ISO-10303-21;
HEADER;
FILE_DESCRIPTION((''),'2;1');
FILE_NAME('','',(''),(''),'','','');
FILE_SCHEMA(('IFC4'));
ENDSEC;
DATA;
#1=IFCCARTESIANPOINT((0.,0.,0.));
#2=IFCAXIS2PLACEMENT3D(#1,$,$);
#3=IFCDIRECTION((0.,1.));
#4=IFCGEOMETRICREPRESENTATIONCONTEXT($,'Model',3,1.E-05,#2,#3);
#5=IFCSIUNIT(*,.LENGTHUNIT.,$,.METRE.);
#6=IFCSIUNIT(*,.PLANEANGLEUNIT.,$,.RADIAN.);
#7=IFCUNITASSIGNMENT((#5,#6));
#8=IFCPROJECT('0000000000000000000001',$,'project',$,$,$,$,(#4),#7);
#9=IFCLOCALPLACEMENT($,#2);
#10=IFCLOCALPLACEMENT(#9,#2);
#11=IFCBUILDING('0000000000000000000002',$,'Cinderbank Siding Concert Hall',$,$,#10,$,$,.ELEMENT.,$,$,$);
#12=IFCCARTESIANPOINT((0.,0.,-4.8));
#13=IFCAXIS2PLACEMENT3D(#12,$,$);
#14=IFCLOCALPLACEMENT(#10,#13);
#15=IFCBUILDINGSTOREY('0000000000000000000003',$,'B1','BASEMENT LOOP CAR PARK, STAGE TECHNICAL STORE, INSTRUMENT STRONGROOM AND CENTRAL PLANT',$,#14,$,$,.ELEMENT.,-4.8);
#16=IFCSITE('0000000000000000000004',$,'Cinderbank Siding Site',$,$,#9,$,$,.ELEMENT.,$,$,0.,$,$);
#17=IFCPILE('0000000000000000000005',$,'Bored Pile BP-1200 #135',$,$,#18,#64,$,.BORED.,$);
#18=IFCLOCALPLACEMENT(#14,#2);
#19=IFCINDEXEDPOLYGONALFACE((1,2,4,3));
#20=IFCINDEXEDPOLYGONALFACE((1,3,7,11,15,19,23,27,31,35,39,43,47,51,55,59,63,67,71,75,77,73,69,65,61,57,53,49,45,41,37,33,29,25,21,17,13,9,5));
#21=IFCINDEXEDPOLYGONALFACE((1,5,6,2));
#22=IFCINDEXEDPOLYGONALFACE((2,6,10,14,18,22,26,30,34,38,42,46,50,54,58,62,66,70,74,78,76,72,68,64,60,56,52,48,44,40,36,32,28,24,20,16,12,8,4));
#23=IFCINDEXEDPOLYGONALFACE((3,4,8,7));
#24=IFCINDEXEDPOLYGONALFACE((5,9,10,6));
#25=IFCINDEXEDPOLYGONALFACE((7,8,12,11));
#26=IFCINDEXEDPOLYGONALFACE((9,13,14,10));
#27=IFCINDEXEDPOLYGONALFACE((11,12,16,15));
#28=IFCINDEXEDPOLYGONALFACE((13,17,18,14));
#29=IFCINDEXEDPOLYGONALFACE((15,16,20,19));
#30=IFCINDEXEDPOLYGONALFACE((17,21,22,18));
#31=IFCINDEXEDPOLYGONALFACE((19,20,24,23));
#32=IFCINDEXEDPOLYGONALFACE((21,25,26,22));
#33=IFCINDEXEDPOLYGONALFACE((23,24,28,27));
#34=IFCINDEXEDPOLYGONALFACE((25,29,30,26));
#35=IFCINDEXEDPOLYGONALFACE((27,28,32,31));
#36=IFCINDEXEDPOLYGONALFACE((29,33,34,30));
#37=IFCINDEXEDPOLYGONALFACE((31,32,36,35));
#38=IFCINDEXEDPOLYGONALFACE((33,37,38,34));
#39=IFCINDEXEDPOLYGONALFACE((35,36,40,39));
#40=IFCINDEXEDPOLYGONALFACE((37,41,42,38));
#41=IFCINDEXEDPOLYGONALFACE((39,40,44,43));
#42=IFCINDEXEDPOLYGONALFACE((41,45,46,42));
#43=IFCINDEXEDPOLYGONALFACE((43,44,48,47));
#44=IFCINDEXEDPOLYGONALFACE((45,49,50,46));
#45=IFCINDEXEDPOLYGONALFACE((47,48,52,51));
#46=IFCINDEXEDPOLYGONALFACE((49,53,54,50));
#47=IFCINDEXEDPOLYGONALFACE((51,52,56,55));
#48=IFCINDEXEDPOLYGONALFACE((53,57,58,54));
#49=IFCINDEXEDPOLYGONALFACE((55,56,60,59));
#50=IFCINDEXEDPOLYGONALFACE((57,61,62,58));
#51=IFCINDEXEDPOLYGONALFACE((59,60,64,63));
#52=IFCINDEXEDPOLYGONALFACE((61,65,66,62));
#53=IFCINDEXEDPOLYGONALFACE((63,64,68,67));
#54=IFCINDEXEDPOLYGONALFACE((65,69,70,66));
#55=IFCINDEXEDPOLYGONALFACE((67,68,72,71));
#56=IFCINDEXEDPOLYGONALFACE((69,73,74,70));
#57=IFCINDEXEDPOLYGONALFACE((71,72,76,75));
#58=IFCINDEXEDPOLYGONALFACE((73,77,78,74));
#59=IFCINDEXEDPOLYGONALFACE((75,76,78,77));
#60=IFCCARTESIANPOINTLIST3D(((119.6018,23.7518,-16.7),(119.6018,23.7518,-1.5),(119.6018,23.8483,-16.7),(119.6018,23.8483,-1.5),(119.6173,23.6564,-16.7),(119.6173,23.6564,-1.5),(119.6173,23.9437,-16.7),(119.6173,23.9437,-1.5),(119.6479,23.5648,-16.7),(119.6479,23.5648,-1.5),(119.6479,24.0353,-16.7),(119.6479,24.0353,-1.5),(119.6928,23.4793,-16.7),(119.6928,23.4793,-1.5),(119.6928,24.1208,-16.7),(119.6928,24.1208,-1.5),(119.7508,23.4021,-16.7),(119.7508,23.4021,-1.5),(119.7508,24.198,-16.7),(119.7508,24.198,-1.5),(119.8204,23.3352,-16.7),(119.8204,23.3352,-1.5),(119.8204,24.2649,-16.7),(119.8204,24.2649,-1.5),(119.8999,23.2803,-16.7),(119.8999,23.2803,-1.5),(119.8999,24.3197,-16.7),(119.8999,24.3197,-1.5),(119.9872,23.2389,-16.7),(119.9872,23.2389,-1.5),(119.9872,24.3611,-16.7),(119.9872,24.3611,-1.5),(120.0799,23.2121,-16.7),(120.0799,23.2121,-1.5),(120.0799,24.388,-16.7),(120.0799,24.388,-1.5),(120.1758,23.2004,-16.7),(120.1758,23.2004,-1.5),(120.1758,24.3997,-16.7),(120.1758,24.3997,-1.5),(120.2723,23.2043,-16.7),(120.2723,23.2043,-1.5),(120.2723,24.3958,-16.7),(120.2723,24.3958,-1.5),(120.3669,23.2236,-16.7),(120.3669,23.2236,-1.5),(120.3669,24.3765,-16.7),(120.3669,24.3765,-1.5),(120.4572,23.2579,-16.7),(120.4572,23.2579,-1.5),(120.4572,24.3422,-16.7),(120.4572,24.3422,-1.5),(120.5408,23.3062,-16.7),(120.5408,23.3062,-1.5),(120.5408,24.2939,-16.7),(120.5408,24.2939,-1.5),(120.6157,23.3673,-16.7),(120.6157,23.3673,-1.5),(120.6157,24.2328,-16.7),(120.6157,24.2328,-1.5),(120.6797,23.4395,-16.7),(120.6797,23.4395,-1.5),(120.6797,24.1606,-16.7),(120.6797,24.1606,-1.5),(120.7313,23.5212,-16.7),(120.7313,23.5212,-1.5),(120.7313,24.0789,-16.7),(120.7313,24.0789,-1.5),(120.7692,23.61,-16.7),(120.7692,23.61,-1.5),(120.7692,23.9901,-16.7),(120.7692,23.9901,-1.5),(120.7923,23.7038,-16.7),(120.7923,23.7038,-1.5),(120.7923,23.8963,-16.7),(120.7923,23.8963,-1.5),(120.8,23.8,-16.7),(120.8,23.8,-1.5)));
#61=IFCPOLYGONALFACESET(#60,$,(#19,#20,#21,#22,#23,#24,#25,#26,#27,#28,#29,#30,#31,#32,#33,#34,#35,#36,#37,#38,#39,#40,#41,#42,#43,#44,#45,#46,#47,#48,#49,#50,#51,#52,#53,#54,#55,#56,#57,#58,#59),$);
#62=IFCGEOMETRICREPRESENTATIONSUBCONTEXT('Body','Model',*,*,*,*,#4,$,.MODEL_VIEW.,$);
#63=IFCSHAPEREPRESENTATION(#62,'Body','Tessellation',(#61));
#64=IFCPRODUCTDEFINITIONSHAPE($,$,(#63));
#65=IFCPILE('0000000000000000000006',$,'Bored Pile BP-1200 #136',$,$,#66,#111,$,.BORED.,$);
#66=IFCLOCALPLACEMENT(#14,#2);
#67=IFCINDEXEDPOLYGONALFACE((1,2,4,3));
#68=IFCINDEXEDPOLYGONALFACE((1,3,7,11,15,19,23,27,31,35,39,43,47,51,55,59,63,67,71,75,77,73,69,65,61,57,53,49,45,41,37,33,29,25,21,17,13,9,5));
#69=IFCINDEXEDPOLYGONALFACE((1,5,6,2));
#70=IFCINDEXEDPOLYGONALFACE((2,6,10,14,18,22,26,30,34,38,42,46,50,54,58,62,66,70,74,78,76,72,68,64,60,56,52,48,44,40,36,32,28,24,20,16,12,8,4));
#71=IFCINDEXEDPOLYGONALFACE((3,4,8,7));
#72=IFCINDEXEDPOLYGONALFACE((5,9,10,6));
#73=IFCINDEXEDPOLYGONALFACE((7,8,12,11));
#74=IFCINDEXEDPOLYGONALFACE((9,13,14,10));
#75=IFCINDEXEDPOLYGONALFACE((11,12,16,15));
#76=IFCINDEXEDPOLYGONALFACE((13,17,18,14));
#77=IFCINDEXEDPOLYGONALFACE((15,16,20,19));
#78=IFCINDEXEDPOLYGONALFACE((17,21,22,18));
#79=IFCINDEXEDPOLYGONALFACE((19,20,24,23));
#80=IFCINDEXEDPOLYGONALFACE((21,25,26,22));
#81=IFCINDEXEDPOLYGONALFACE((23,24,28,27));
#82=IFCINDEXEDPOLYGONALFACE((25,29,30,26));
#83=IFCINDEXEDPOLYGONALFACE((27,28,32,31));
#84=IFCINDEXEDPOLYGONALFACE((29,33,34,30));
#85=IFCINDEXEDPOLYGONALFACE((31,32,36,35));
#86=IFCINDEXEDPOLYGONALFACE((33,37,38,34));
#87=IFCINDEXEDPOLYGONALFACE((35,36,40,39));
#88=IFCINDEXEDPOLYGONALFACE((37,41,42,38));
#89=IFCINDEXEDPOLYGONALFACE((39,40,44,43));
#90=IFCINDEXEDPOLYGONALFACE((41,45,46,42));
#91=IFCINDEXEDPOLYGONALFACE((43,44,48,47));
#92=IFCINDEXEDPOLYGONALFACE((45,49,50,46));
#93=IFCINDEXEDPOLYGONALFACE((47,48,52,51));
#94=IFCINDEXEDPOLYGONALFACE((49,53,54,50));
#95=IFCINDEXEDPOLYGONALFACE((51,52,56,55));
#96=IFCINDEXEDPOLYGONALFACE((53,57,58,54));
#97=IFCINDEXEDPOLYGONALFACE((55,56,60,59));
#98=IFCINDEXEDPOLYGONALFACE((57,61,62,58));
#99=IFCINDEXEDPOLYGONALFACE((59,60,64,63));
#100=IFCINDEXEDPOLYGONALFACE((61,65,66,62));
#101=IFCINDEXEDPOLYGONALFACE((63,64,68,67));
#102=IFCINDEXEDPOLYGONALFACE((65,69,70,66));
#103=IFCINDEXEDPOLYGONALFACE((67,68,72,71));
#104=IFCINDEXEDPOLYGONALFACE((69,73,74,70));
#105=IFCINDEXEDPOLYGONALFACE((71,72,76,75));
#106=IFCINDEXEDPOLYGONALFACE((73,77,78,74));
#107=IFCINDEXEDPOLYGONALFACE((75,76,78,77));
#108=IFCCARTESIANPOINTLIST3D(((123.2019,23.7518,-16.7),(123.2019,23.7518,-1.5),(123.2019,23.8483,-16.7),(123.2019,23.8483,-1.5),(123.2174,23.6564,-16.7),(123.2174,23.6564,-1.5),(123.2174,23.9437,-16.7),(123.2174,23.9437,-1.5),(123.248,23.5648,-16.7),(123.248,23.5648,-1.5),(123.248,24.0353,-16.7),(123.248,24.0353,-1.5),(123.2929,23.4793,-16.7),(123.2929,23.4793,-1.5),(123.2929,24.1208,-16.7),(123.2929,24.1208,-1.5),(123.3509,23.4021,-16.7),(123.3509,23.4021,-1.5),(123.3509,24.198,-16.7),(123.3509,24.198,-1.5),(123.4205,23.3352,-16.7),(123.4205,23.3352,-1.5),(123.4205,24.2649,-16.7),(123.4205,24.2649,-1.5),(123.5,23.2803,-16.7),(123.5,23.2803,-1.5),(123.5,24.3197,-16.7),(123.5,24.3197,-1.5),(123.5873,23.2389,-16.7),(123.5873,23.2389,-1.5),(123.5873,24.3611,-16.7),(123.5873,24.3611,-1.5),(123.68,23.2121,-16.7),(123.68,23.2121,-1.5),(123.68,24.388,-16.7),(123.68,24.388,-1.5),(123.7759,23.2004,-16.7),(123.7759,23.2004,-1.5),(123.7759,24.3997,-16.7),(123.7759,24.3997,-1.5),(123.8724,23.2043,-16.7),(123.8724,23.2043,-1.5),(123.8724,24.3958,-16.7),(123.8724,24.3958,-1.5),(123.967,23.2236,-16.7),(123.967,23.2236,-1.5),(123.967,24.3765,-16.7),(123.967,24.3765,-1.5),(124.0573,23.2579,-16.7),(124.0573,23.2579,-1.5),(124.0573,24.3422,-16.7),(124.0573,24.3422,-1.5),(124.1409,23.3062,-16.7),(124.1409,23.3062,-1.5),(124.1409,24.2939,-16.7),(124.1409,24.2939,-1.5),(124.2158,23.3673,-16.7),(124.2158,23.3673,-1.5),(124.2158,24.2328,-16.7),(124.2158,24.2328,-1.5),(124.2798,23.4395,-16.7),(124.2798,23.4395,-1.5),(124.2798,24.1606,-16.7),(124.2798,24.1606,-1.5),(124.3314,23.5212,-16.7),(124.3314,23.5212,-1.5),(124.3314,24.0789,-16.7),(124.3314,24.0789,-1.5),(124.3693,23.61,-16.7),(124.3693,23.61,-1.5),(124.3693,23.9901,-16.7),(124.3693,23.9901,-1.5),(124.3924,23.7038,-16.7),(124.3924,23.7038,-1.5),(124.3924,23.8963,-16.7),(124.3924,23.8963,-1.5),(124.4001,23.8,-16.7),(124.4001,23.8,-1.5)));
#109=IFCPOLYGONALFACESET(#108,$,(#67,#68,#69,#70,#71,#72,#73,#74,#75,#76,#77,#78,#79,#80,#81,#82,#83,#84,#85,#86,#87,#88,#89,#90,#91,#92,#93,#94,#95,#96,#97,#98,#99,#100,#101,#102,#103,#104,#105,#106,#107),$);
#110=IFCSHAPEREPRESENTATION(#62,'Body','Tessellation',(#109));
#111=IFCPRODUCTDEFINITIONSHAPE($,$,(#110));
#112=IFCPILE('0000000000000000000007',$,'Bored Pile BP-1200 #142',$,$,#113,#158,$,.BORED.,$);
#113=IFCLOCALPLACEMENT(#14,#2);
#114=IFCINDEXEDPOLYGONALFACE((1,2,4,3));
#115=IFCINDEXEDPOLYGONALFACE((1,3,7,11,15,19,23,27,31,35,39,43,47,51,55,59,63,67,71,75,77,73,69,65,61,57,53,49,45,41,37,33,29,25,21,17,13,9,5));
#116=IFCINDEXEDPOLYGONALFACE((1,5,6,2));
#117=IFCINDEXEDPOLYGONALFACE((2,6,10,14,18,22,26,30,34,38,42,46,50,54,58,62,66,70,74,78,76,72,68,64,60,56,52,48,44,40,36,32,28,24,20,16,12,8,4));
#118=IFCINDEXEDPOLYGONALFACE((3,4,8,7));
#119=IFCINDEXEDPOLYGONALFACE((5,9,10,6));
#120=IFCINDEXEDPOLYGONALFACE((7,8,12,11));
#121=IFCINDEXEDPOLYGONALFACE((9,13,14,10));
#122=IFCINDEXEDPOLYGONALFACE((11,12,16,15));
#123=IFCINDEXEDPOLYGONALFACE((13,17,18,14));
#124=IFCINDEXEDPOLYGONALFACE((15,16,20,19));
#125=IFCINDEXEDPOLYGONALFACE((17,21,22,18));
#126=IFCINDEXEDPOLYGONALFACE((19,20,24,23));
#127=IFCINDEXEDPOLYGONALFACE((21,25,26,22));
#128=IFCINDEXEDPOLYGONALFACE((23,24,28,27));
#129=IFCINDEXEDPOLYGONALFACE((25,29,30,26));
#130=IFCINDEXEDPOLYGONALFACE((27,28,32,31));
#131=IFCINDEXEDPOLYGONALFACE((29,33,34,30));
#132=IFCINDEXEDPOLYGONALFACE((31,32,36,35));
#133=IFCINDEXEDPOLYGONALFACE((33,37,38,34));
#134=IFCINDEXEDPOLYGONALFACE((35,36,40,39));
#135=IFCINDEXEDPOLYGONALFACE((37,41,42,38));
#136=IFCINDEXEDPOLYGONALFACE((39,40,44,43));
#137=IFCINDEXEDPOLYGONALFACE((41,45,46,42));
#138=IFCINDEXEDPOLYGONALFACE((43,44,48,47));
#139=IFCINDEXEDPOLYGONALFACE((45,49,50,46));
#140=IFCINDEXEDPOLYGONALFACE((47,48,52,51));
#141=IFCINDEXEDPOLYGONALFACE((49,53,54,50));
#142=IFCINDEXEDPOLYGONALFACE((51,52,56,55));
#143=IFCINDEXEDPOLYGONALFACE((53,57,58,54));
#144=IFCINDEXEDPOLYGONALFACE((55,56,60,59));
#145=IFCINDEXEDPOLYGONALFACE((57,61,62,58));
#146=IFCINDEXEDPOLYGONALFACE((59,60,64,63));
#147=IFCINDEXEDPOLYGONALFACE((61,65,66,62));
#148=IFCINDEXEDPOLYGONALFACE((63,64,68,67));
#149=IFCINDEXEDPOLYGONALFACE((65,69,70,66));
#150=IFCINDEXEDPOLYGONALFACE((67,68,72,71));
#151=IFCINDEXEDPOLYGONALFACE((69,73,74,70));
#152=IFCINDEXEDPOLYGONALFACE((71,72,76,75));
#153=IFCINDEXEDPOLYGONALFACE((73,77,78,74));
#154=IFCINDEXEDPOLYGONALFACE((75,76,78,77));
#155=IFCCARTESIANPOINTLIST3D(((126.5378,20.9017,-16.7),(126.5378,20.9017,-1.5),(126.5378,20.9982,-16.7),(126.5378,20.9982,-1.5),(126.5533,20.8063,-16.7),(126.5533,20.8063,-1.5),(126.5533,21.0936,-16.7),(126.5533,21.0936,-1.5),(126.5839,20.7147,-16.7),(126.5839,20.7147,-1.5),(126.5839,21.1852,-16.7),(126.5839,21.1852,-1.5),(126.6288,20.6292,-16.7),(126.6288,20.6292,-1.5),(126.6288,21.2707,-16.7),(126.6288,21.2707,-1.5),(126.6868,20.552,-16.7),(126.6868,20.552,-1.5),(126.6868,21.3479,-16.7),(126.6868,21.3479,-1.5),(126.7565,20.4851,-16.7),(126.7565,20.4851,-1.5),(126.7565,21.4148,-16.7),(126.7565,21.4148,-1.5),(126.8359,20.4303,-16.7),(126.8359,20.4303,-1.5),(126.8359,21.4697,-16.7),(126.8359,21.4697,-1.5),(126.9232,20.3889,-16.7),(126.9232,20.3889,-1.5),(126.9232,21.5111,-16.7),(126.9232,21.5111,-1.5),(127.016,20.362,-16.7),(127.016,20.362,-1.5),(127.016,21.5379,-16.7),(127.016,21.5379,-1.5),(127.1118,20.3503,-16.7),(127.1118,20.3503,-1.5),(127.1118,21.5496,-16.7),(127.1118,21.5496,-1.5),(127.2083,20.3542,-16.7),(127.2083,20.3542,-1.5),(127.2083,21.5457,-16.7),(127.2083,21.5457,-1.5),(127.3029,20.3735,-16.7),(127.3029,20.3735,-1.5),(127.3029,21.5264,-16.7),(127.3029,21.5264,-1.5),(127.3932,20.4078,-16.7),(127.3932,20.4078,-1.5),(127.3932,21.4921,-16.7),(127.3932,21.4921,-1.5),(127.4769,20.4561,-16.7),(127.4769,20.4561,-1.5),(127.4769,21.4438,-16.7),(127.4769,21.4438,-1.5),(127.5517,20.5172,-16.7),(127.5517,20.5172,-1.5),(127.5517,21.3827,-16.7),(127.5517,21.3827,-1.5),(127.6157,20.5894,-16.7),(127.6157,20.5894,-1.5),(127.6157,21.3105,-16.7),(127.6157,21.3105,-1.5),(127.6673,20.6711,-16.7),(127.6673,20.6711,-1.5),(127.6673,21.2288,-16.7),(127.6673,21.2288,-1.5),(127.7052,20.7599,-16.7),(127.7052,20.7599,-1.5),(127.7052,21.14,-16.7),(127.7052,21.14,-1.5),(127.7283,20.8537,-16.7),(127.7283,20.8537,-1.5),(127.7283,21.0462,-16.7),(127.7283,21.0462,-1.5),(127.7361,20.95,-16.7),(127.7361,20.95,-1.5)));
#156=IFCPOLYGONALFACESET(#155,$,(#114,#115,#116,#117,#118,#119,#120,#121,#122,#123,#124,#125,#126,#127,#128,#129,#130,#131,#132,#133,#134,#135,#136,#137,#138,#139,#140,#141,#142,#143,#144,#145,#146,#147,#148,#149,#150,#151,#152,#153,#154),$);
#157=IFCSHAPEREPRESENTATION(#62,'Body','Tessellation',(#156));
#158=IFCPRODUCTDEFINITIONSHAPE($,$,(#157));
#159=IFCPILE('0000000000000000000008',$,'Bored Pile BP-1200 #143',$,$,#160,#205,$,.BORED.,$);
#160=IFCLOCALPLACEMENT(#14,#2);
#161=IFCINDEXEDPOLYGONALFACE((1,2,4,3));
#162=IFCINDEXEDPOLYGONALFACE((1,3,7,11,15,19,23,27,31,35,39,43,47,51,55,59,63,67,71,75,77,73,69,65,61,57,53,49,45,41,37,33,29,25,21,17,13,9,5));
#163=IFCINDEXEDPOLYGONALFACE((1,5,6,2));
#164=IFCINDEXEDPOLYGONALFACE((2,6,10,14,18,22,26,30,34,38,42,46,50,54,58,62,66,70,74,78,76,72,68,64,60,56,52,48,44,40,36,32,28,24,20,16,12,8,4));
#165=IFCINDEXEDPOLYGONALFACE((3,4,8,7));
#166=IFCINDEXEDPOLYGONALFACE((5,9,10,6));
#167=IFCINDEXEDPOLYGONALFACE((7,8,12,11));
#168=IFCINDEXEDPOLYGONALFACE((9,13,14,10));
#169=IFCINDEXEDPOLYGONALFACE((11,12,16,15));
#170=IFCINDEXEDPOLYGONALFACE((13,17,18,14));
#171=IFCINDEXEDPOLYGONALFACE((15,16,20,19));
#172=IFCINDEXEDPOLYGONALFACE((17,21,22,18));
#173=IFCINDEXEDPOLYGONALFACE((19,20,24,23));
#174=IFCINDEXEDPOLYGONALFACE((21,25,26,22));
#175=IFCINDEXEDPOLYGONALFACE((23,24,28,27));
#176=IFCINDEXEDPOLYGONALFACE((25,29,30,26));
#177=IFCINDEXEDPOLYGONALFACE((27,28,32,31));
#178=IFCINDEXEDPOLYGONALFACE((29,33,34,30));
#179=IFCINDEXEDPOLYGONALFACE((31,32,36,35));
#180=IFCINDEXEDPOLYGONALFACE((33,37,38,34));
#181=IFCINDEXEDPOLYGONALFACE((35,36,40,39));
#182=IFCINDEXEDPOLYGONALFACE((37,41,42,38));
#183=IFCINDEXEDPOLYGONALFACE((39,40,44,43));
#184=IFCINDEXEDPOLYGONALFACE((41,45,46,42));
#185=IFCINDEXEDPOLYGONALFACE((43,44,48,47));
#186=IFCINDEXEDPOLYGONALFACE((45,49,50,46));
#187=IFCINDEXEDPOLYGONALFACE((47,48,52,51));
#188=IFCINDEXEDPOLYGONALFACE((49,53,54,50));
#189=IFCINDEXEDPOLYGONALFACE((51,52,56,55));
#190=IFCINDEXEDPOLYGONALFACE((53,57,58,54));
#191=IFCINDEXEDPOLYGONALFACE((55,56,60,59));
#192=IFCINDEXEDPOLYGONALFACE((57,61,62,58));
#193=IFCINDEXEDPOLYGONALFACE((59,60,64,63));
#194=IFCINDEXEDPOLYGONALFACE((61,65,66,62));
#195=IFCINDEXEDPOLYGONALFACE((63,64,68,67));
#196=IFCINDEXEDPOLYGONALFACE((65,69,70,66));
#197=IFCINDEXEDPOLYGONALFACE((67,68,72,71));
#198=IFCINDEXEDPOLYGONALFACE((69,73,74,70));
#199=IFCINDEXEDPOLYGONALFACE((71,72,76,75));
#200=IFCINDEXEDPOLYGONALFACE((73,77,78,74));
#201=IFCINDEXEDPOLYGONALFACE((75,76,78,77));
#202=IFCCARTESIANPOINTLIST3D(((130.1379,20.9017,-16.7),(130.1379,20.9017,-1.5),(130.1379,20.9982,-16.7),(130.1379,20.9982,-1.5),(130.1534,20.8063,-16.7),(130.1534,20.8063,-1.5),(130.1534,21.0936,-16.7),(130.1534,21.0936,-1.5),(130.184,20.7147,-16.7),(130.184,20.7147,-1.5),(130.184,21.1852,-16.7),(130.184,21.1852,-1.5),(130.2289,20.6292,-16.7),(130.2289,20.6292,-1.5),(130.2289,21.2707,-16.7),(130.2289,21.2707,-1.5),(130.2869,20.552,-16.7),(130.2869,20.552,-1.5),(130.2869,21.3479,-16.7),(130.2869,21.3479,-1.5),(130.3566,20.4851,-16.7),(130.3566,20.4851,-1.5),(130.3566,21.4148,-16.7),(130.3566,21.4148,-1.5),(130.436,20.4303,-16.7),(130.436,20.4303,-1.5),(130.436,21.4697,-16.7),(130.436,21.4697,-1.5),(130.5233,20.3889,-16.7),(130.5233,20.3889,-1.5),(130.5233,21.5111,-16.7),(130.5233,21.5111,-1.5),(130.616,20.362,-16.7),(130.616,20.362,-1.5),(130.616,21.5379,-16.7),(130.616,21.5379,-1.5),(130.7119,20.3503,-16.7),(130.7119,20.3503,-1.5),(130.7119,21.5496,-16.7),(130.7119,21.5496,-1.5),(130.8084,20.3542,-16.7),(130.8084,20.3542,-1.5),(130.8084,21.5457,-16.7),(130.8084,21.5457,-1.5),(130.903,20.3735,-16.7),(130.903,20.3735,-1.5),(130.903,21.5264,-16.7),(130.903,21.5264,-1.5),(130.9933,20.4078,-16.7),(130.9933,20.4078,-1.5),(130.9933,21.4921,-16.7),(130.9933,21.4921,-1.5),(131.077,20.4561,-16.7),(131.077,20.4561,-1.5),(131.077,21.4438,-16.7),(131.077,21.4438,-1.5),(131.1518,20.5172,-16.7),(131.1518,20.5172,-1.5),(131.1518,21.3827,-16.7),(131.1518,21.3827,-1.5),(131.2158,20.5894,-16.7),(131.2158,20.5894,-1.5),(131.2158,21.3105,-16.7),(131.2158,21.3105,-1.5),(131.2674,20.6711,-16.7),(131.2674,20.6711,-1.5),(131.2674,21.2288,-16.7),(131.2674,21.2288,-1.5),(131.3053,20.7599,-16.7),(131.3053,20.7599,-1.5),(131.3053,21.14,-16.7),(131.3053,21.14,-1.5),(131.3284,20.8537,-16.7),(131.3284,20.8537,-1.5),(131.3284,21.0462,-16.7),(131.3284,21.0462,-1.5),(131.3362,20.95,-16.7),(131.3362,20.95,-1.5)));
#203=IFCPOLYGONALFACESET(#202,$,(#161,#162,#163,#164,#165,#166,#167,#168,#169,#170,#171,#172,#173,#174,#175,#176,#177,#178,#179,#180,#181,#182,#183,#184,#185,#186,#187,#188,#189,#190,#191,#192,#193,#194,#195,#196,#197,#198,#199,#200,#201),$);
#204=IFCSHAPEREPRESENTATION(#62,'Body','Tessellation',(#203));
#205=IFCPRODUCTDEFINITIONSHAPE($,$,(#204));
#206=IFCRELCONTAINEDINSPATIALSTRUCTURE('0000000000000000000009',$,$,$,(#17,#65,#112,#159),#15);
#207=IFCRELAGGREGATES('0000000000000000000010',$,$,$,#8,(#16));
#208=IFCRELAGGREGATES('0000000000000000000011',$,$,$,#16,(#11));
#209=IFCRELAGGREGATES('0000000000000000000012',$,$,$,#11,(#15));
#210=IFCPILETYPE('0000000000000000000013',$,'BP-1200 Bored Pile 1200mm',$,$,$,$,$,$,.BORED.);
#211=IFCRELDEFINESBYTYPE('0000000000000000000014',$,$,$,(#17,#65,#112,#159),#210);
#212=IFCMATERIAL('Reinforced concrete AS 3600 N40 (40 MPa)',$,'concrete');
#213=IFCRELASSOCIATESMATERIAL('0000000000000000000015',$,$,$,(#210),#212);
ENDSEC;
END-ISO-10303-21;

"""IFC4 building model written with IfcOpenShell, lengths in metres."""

from ifc_helpers import new_model, si_unit, direction, frame, origin, origin_2d, place, context, subcontext, project, spatial, circle, extrude, material, material_profile, profile_set, type_object, element, save


model = new_model("IFC4")

# Units and contexts
model_context = context("Model", 3, precision=1e-05, world=origin(), true_north=direction((0.0, 1.0)))
body_context = subcontext(model_context, "Body", "Model", "MODEL_VIEW")
ifc_project = project(units=[si_unit("LENGTHUNIT", "METRE"), si_unit("PLANEANGLEUNIT", "RADIAN")], contexts=[model_context])

# Site, building, storey
site_placement = place(None, origin())
site = spatial("IfcSite", under=ifc_project, at=site_placement, Name="Cinderbank Siding Site", CompositionType="ELEMENT", RefElevation=0.0)
building_placement = place(site_placement, origin())
building = spatial("IfcBuilding", under=site, at=building_placement, Name="Cinderbank Siding Concert Hall", CompositionType="ELEMENT")
storey_placement = place(building_placement, frame((0.0, 0.0, -4.8)))
storey = spatial("IfcBuildingStorey", under=building, at=storey_placement, Name="B1", Description="BASEMENT LOOP CAR PARK, STAGE TECHNICAL STORE, INSTRUMENT STRONGROOM AND CENTRAL PLANT", CompositionType="ELEMENT", Elevation=-4.8)

# Piles
ifc_material_1 = material(Name="Reinforced concrete AS 3600 N40 (40 MPa)", Category="concrete")
ifc_material_profile_1 = material_profile(ifc_material_1, circle(Radius=0.6001, at=origin_2d()), Name="PILE-1200DIA", Category="LoadBearing")
ifc_profile_set_1 = profile_set([ifc_material_profile_1], Name="Reinforced concrete AS 3600 N40 (40 MPa)")
pile_type_1 = type_object("IfcPileType", Name="BP-1200 Bored Pile 1200mm", PredefinedType="BORED", material=ifc_profile_set_1)
for number, where, z_axis, x_axis, name in (
    (1, (120.2, 23.8, -1.5), (0.0, 0.0, -1.0), (1.0, 0.0, 0.0), "Bored Pile BP-1200 #135"),
    (2, (123.8, 23.8, -1.5), (0.0, 0.0, -1.0), (1.0, 0.0, 0.0), "Bored Pile BP-1200 #136"),
    (3, (127.136, 20.95, -1.5), (0.0, 0.0, -1.0), (1.0, 0.0, 0.0), "Bored Pile BP-1200 #142"),
    (4, (130.7361, 20.95, -1.5), (0.0, 0.0, -1.0), (1.0, 0.0, 0.0), "Bored Pile BP-1200 #143"),
):
    element("IfcPile", number, at=place(storey_placement, frame(where, z_axis=z_axis, x_axis=x_axis)), inside=storey, type_object=pile_type_1, Name=name, PredefinedType="BORED", context=body_context, shape_type="SweptSolid", body=[
        extrude(circle(Radius=0.6001, at=origin_2d()), origin(), (0.0, 0.0, 1.0), 15.2),
    ])

save(model, "model.ifc")
